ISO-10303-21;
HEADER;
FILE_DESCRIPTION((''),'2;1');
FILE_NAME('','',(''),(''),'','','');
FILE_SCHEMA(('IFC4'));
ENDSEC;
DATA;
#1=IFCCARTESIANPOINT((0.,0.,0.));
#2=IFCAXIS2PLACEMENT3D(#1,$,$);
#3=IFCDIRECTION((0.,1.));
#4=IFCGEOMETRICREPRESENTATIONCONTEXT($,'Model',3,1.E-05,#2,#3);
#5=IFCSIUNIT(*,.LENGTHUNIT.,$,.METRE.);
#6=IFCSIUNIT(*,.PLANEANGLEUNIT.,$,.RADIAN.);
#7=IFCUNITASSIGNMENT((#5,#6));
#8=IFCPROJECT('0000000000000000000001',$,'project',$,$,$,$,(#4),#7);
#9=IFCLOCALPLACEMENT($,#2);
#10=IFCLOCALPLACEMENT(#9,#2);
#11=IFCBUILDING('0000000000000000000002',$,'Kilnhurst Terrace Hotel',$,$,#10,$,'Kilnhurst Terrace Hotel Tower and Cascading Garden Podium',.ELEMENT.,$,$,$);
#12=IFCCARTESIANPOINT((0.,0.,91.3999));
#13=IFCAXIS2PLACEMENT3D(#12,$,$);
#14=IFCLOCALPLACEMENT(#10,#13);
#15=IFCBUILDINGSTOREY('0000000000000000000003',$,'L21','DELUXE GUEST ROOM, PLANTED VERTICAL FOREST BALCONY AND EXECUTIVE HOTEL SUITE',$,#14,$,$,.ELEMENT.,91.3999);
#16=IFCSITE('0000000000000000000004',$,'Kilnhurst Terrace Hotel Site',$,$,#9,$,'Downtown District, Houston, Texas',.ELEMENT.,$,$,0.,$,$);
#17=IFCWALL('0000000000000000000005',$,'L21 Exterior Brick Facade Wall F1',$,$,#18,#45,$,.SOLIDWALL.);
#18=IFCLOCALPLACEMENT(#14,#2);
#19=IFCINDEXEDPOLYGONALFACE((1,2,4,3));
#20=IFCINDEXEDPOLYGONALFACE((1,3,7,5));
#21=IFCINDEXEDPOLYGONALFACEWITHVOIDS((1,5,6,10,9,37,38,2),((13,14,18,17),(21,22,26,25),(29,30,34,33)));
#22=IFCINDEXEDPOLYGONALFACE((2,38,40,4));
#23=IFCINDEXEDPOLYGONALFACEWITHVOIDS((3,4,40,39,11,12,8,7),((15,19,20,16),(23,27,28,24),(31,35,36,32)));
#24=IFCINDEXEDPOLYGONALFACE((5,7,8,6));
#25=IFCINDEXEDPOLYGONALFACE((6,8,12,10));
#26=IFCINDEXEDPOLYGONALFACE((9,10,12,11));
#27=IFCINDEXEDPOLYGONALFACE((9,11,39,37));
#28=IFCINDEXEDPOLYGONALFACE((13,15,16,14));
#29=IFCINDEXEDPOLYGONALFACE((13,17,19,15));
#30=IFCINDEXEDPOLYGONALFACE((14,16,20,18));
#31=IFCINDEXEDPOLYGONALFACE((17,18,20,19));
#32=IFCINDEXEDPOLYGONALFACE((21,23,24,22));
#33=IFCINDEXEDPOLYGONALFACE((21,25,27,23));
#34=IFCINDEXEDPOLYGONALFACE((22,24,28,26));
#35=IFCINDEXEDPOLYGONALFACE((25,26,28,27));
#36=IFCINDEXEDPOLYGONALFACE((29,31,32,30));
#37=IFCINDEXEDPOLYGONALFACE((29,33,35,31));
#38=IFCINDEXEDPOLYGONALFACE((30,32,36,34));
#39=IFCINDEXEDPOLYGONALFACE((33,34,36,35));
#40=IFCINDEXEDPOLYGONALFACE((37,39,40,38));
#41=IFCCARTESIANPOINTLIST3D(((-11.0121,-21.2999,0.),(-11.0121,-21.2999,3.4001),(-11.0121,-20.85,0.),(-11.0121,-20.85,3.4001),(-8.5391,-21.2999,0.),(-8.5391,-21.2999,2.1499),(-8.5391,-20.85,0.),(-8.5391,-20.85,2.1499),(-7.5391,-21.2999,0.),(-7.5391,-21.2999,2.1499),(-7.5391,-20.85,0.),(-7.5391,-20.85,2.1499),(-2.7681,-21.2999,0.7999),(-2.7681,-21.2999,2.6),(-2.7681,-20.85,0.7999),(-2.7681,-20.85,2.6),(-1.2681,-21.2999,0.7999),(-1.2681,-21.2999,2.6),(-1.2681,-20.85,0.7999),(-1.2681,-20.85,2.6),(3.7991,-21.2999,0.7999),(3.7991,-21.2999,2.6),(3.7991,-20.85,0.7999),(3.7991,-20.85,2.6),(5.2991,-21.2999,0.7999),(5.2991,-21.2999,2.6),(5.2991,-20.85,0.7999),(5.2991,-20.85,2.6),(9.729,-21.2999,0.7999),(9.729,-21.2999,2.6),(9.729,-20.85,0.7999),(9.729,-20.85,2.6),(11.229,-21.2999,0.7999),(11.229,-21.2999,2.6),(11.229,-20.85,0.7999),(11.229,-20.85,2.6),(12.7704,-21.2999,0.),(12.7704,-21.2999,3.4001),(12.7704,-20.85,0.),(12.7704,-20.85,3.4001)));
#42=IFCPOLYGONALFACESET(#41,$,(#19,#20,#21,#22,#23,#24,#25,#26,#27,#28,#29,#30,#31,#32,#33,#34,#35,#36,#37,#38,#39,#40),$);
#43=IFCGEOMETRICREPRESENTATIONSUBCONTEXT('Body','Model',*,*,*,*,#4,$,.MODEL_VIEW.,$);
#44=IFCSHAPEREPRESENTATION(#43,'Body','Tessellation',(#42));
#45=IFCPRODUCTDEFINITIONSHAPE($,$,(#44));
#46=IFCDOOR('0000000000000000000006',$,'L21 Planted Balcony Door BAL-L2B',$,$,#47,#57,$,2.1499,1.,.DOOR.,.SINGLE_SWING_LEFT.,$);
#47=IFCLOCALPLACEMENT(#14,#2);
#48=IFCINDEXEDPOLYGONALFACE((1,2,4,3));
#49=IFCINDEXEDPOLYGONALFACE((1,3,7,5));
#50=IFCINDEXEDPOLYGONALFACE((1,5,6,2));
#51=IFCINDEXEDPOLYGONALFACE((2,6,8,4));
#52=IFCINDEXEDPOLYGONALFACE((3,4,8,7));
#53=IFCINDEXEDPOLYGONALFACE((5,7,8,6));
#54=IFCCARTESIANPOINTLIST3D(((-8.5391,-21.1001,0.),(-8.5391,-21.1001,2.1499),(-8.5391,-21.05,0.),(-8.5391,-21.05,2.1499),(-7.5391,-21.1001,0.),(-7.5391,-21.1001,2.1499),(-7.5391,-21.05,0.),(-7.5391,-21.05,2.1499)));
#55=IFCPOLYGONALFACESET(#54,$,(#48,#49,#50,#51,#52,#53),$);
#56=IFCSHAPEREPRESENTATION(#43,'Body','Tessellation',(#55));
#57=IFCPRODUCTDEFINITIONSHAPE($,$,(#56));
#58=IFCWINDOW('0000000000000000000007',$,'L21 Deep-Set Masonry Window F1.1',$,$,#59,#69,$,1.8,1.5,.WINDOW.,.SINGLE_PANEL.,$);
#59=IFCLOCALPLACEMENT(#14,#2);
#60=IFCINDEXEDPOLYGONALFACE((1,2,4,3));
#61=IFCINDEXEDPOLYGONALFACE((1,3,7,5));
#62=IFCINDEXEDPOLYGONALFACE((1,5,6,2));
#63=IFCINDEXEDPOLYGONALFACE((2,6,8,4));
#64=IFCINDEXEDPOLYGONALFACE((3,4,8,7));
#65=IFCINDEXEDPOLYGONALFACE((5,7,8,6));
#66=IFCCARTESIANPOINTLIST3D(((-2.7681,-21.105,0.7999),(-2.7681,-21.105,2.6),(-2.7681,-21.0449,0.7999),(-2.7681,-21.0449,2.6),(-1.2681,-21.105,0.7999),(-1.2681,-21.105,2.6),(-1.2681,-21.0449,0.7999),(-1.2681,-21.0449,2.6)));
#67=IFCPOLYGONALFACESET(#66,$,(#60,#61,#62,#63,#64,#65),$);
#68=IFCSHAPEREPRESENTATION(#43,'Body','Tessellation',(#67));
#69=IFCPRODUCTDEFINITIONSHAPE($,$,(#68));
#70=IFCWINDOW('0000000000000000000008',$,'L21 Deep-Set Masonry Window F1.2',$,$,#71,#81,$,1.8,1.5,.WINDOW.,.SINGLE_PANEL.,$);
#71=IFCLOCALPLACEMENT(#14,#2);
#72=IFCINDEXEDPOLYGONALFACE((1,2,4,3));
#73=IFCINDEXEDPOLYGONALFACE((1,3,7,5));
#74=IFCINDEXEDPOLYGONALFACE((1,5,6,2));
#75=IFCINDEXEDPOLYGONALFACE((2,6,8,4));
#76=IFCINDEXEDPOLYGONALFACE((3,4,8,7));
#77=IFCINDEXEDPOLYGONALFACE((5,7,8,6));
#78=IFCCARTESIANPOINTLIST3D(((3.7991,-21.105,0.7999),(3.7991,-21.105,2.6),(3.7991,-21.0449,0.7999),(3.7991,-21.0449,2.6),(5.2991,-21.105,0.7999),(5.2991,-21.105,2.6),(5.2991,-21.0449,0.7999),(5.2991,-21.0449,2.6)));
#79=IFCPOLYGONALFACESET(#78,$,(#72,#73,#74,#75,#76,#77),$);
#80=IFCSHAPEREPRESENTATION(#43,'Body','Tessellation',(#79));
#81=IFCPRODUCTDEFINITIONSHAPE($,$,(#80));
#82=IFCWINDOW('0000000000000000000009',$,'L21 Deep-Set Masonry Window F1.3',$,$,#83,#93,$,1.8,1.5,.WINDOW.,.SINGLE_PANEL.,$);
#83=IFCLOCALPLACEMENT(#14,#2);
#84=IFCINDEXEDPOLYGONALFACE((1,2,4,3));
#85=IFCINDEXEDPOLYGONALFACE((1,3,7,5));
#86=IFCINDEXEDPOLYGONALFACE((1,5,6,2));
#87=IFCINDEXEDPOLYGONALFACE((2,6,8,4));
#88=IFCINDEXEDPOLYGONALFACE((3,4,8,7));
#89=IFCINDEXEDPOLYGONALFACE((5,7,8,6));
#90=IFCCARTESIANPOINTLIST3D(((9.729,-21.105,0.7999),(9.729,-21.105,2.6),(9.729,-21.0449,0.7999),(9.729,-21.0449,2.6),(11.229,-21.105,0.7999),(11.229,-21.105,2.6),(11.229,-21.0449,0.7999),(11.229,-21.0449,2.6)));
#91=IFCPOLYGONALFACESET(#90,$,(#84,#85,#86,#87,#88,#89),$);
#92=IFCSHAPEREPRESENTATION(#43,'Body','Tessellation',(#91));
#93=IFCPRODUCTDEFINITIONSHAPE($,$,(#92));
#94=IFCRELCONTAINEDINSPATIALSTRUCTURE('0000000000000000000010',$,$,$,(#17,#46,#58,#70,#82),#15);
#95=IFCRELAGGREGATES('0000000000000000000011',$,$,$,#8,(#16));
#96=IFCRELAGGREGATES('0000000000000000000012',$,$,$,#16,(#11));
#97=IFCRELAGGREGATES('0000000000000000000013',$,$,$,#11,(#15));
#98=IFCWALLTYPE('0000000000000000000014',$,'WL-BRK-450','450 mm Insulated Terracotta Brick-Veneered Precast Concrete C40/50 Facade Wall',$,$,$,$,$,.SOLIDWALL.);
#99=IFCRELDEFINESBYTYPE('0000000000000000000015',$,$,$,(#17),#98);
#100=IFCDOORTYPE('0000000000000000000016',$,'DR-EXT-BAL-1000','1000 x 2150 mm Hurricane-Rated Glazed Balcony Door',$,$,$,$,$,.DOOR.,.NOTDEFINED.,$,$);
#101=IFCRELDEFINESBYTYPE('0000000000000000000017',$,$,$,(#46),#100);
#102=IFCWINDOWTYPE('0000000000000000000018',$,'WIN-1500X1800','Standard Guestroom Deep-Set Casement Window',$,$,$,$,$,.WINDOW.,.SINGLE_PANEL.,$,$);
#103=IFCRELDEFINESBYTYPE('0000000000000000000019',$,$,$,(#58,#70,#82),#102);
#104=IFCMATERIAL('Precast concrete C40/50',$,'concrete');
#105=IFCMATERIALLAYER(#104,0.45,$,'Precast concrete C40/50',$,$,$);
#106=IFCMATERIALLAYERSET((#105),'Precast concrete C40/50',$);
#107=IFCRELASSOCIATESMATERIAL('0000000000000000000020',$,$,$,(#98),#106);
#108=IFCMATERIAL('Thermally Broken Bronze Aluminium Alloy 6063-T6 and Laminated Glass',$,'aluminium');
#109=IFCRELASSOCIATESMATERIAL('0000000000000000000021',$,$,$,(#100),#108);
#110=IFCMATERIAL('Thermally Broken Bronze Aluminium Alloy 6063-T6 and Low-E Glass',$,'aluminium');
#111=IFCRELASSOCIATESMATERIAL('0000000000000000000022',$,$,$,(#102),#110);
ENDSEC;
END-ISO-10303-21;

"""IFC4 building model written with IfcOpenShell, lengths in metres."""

from ifc_helpers import new_model, si_unit, direction, frame, frame_2d, origin, place, context, subcontext, project, spatial, rectangle, extrude, material, layer, layer_set, type_object, element, fill, save


model = new_model("IFC4")

# Units and contexts
model_context = context("Model", 3, precision=1e-05, world=origin(), true_north=direction((0.0, 1.0)))
body_context = subcontext(model_context, "Body", "Model", "MODEL_VIEW")
ifc_project = project(units=[si_unit("LENGTHUNIT", "METRE"), si_unit("PLANEANGLEUNIT", "RADIAN")], contexts=[model_context])

# Site, building, storey
site_placement = place(None, origin())
site = spatial("IfcSite", under=ifc_project, at=site_placement, Name="Kilnhurst Terrace Hotel Site", LongName="Downtown District, Houston, Texas", CompositionType="ELEMENT", RefElevation=0.0)
building_placement = place(site_placement, origin())
building = spatial("IfcBuilding", under=site, at=building_placement, Name="Kilnhurst Terrace Hotel", LongName="Kilnhurst Terrace Hotel Tower and Cascading Garden Podium", CompositionType="ELEMENT")
storey_placement = place(building_placement, frame((0.0, 0.0, 91.3999)))
storey = spatial("IfcBuildingStorey", under=building, at=storey_placement, Name="L21", Description="DELUXE GUEST ROOM, PLANTED VERTICAL FOREST BALCONY AND EXECUTIVE HOTEL SUITE", CompositionType="ELEMENT", Elevation=91.3999)

# Shared definitions
ifc_material_1 = material(Name="Precast concrete C40/50", Category="concrete")
ifc_layer_1 = layer(ifc_material_1, 0.45, Name="Precast concrete C40/50")
ifc_layer_set_1 = layer_set([ifc_layer_1], Name="Precast concrete C40/50")
wall_type_1 = type_object("IfcWallType", Name="WL-BRK-450", Description="450 mm Insulated Terracotta Brick-Veneered Precast Concrete C40/50 Facade Wall", PredefinedType="SOLIDWALL", material=ifc_layer_set_1)

# Wall, openings, door, windows
wall_1_placement = place(storey_placement, frame((-11.012, -21.075, 0.0), z_axis=(0.0, 0.0, 1.0), x_axis=(1.0, 0.0, 0.0)))
wall_1 = element("IfcWall", 1, at=wall_1_placement, inside=storey, type_object=wall_type_1, Name="L21 Exterior Brick Facade Wall F1", PredefinedType="SOLIDWALL", context=body_context, shape_type="SweptSolid", body=[
    extrude(rectangle(XDim=23.7825, YDim=0.45, at=frame_2d((11.8911, 0.0))), origin(), (0.0, 0.0, 1.0), 3.4001),
])
opening_1_placement = place(wall_1_placement, frame((2.4729, 0.0, 0.0)))
opening_1 = element("IfcOpeningElement", 2, at=opening_1_placement, cuts=wall_1, PredefinedType="OPENING", context=body_context, shape_type="SweptSolid", body=[
    extrude(rectangle(XDim=1.0, YDim=2.1499, at=frame_2d((0.5, 1.075))), frame((0.0, 0.2349, 0.0), z_axis=(0.0, -1.0, 0.0), x_axis=(1.0, 0.0, 0.0)), (0.0, 0.0, 1.0), 0.47),
])
opening_2_placement = place(wall_1_placement, frame((8.2439, 0.0, 0.8)))
opening_2 = element("IfcOpeningElement", 3, at=opening_2_placement, cuts=wall_1, PredefinedType="OPENING", context=body_context, shape_type="SweptSolid", body=[
    extrude(rectangle(XDim=1.5, YDim=1.8, at=frame_2d((0.75, 0.8999))), frame((0.0, 0.2349, 0.0), z_axis=(0.0, -1.0, 0.0), x_axis=(1.0, 0.0, 0.0)), (0.0, 0.0, 1.0), 0.47),
])
opening_3_placement = place(wall_1_placement, frame((14.811, 0.0, 0.8)))
opening_3 = element("IfcOpeningElement", 4, at=opening_3_placement, cuts=wall_1, PredefinedType="OPENING", context=body_context, shape_type="SweptSolid", body=[
    extrude(rectangle(XDim=1.5, YDim=1.8, at=frame_2d((0.75, 0.8999))), frame((0.0, 0.2349, 0.0), z_axis=(0.0, -1.0, 0.0), x_axis=(1.0, 0.0, 0.0)), (0.0, 0.0, 1.0), 0.47),
])
opening_4_placement = place(wall_1_placement, frame((20.741, 0.0, 0.8)))
opening_4 = element("IfcOpeningElement", 5, at=opening_4_placement, cuts=wall_1, PredefinedType="OPENING", context=body_context, shape_type="SweptSolid", body=[
    extrude(rectangle(XDim=1.5, YDim=1.8, at=frame_2d((0.75, 0.8999))), frame((0.0, 0.2349, 0.0), z_axis=(0.0, -1.0, 0.0), x_axis=(1.0, 0.0, 0.0)), (0.0, 0.0, 1.0), 0.47),
])
ifc_material_2 = material(Name="Thermally Broken Bronze Aluminium Alloy 6063-T6 and Laminated Glass", Category="aluminium")
door_type_1 = type_object("IfcDoorType", Name="DR-EXT-BAL-1000", Description="1000 x 2150 mm Hurricane-Rated Glazed Balcony Door", OperationType="NOTDEFINED", PredefinedType="DOOR", material=ifc_material_2)
door_1_placement = place(opening_1_placement, origin())
door_1 = element("IfcDoor", 6, at=door_1_placement, inside=storey, type_object=door_type_1, Name="L21 Planted Balcony Door BAL-L2B", OperationType="SINGLE_SWING_LEFT", OverallHeight=2.1499, OverallWidth=1.0, PredefinedType="DOOR", context=body_context, shape_type="SweptSolid", body=[
    extrude(rectangle(XDim=1.0, YDim=2.1499, at=frame_2d((0.5, 1.075))), frame((0.0, 0.0249, 0.0), z_axis=(0.0, -1.0, 0.0), x_axis=(1.0, 0.0, 0.0)), (0.0, 0.0, 1.0), 0.05),
])
fill(opening_1, door_1)
ifc_material_3 = material(Name="Thermally Broken Bronze Aluminium Alloy 6063-T6 and Low-E Glass", Category="aluminium")
window_type = type_object("IfcWindowType", Name="WIN-1500X1800", Description="Standard Guestroom Deep-Set Casement Window", PartitioningType="SINGLE_PANEL", PredefinedType="WINDOW", material=ifc_material_3)
window_1_placement = place(opening_2_placement, origin())
window_1 = element("IfcWindow", 7, at=window_1_placement, inside=storey, type_object=window_type, Name="L21 Deep-Set Masonry Window F1.1", OverallHeight=1.8, OverallWidth=1.5, PartitioningType="SINGLE_PANEL", PredefinedType="WINDOW", context=body_context, shape_type="SweptSolid", body=[
    extrude(rectangle(XDim=1.5, YDim=1.8, at=frame_2d((0.75, 0.8999))), frame((0.0, 0.03, 0.0), z_axis=(0.0, -1.0, 0.0), x_axis=(1.0, 0.0, 0.0)), (0.0, 0.0, 1.0), 0.0601),
])
fill(opening_2, window_1)
window_2_placement = place(opening_3_placement, origin())
window_2 = element("IfcWindow", 8, at=window_2_placement, inside=storey, type_object=window_type, Name="L21 Deep-Set Masonry Window F1.2", OverallHeight=1.8, OverallWidth=1.5, PartitioningType="SINGLE_PANEL", PredefinedType="WINDOW", context=body_context, shape_type="SweptSolid", body=[
    extrude(rectangle(XDim=1.5, YDim=1.8, at=frame_2d((0.75, 0.8999))), frame((0.0, 0.03, 0.0), z_axis=(0.0, -1.0, 0.0), x_axis=(1.0, 0.0, 0.0)), (0.0, 0.0, 1.0), 0.0601),
])
fill(opening_3, window_2)
window_3_placement = place(opening_4_placement, origin())
window_3 = element("IfcWindow", 9, at=window_3_placement, inside=storey, type_object=window_type, Name="L21 Deep-Set Masonry Window F1.3", OverallHeight=1.8, OverallWidth=1.5, PartitioningType="SINGLE_PANEL", PredefinedType="WINDOW", context=body_context, shape_type="SweptSolid", body=[
    extrude(rectangle(XDim=1.5, YDim=1.8, at=frame_2d((0.75, 0.8999))), frame((0.0, 0.03, 0.0), z_axis=(0.0, -1.0, 0.0), x_axis=(1.0, 0.0, 0.0)), (0.0, 0.0, 1.0), 0.0601),
])
fill(opening_4, window_3)

save(model, "model.ifc")
